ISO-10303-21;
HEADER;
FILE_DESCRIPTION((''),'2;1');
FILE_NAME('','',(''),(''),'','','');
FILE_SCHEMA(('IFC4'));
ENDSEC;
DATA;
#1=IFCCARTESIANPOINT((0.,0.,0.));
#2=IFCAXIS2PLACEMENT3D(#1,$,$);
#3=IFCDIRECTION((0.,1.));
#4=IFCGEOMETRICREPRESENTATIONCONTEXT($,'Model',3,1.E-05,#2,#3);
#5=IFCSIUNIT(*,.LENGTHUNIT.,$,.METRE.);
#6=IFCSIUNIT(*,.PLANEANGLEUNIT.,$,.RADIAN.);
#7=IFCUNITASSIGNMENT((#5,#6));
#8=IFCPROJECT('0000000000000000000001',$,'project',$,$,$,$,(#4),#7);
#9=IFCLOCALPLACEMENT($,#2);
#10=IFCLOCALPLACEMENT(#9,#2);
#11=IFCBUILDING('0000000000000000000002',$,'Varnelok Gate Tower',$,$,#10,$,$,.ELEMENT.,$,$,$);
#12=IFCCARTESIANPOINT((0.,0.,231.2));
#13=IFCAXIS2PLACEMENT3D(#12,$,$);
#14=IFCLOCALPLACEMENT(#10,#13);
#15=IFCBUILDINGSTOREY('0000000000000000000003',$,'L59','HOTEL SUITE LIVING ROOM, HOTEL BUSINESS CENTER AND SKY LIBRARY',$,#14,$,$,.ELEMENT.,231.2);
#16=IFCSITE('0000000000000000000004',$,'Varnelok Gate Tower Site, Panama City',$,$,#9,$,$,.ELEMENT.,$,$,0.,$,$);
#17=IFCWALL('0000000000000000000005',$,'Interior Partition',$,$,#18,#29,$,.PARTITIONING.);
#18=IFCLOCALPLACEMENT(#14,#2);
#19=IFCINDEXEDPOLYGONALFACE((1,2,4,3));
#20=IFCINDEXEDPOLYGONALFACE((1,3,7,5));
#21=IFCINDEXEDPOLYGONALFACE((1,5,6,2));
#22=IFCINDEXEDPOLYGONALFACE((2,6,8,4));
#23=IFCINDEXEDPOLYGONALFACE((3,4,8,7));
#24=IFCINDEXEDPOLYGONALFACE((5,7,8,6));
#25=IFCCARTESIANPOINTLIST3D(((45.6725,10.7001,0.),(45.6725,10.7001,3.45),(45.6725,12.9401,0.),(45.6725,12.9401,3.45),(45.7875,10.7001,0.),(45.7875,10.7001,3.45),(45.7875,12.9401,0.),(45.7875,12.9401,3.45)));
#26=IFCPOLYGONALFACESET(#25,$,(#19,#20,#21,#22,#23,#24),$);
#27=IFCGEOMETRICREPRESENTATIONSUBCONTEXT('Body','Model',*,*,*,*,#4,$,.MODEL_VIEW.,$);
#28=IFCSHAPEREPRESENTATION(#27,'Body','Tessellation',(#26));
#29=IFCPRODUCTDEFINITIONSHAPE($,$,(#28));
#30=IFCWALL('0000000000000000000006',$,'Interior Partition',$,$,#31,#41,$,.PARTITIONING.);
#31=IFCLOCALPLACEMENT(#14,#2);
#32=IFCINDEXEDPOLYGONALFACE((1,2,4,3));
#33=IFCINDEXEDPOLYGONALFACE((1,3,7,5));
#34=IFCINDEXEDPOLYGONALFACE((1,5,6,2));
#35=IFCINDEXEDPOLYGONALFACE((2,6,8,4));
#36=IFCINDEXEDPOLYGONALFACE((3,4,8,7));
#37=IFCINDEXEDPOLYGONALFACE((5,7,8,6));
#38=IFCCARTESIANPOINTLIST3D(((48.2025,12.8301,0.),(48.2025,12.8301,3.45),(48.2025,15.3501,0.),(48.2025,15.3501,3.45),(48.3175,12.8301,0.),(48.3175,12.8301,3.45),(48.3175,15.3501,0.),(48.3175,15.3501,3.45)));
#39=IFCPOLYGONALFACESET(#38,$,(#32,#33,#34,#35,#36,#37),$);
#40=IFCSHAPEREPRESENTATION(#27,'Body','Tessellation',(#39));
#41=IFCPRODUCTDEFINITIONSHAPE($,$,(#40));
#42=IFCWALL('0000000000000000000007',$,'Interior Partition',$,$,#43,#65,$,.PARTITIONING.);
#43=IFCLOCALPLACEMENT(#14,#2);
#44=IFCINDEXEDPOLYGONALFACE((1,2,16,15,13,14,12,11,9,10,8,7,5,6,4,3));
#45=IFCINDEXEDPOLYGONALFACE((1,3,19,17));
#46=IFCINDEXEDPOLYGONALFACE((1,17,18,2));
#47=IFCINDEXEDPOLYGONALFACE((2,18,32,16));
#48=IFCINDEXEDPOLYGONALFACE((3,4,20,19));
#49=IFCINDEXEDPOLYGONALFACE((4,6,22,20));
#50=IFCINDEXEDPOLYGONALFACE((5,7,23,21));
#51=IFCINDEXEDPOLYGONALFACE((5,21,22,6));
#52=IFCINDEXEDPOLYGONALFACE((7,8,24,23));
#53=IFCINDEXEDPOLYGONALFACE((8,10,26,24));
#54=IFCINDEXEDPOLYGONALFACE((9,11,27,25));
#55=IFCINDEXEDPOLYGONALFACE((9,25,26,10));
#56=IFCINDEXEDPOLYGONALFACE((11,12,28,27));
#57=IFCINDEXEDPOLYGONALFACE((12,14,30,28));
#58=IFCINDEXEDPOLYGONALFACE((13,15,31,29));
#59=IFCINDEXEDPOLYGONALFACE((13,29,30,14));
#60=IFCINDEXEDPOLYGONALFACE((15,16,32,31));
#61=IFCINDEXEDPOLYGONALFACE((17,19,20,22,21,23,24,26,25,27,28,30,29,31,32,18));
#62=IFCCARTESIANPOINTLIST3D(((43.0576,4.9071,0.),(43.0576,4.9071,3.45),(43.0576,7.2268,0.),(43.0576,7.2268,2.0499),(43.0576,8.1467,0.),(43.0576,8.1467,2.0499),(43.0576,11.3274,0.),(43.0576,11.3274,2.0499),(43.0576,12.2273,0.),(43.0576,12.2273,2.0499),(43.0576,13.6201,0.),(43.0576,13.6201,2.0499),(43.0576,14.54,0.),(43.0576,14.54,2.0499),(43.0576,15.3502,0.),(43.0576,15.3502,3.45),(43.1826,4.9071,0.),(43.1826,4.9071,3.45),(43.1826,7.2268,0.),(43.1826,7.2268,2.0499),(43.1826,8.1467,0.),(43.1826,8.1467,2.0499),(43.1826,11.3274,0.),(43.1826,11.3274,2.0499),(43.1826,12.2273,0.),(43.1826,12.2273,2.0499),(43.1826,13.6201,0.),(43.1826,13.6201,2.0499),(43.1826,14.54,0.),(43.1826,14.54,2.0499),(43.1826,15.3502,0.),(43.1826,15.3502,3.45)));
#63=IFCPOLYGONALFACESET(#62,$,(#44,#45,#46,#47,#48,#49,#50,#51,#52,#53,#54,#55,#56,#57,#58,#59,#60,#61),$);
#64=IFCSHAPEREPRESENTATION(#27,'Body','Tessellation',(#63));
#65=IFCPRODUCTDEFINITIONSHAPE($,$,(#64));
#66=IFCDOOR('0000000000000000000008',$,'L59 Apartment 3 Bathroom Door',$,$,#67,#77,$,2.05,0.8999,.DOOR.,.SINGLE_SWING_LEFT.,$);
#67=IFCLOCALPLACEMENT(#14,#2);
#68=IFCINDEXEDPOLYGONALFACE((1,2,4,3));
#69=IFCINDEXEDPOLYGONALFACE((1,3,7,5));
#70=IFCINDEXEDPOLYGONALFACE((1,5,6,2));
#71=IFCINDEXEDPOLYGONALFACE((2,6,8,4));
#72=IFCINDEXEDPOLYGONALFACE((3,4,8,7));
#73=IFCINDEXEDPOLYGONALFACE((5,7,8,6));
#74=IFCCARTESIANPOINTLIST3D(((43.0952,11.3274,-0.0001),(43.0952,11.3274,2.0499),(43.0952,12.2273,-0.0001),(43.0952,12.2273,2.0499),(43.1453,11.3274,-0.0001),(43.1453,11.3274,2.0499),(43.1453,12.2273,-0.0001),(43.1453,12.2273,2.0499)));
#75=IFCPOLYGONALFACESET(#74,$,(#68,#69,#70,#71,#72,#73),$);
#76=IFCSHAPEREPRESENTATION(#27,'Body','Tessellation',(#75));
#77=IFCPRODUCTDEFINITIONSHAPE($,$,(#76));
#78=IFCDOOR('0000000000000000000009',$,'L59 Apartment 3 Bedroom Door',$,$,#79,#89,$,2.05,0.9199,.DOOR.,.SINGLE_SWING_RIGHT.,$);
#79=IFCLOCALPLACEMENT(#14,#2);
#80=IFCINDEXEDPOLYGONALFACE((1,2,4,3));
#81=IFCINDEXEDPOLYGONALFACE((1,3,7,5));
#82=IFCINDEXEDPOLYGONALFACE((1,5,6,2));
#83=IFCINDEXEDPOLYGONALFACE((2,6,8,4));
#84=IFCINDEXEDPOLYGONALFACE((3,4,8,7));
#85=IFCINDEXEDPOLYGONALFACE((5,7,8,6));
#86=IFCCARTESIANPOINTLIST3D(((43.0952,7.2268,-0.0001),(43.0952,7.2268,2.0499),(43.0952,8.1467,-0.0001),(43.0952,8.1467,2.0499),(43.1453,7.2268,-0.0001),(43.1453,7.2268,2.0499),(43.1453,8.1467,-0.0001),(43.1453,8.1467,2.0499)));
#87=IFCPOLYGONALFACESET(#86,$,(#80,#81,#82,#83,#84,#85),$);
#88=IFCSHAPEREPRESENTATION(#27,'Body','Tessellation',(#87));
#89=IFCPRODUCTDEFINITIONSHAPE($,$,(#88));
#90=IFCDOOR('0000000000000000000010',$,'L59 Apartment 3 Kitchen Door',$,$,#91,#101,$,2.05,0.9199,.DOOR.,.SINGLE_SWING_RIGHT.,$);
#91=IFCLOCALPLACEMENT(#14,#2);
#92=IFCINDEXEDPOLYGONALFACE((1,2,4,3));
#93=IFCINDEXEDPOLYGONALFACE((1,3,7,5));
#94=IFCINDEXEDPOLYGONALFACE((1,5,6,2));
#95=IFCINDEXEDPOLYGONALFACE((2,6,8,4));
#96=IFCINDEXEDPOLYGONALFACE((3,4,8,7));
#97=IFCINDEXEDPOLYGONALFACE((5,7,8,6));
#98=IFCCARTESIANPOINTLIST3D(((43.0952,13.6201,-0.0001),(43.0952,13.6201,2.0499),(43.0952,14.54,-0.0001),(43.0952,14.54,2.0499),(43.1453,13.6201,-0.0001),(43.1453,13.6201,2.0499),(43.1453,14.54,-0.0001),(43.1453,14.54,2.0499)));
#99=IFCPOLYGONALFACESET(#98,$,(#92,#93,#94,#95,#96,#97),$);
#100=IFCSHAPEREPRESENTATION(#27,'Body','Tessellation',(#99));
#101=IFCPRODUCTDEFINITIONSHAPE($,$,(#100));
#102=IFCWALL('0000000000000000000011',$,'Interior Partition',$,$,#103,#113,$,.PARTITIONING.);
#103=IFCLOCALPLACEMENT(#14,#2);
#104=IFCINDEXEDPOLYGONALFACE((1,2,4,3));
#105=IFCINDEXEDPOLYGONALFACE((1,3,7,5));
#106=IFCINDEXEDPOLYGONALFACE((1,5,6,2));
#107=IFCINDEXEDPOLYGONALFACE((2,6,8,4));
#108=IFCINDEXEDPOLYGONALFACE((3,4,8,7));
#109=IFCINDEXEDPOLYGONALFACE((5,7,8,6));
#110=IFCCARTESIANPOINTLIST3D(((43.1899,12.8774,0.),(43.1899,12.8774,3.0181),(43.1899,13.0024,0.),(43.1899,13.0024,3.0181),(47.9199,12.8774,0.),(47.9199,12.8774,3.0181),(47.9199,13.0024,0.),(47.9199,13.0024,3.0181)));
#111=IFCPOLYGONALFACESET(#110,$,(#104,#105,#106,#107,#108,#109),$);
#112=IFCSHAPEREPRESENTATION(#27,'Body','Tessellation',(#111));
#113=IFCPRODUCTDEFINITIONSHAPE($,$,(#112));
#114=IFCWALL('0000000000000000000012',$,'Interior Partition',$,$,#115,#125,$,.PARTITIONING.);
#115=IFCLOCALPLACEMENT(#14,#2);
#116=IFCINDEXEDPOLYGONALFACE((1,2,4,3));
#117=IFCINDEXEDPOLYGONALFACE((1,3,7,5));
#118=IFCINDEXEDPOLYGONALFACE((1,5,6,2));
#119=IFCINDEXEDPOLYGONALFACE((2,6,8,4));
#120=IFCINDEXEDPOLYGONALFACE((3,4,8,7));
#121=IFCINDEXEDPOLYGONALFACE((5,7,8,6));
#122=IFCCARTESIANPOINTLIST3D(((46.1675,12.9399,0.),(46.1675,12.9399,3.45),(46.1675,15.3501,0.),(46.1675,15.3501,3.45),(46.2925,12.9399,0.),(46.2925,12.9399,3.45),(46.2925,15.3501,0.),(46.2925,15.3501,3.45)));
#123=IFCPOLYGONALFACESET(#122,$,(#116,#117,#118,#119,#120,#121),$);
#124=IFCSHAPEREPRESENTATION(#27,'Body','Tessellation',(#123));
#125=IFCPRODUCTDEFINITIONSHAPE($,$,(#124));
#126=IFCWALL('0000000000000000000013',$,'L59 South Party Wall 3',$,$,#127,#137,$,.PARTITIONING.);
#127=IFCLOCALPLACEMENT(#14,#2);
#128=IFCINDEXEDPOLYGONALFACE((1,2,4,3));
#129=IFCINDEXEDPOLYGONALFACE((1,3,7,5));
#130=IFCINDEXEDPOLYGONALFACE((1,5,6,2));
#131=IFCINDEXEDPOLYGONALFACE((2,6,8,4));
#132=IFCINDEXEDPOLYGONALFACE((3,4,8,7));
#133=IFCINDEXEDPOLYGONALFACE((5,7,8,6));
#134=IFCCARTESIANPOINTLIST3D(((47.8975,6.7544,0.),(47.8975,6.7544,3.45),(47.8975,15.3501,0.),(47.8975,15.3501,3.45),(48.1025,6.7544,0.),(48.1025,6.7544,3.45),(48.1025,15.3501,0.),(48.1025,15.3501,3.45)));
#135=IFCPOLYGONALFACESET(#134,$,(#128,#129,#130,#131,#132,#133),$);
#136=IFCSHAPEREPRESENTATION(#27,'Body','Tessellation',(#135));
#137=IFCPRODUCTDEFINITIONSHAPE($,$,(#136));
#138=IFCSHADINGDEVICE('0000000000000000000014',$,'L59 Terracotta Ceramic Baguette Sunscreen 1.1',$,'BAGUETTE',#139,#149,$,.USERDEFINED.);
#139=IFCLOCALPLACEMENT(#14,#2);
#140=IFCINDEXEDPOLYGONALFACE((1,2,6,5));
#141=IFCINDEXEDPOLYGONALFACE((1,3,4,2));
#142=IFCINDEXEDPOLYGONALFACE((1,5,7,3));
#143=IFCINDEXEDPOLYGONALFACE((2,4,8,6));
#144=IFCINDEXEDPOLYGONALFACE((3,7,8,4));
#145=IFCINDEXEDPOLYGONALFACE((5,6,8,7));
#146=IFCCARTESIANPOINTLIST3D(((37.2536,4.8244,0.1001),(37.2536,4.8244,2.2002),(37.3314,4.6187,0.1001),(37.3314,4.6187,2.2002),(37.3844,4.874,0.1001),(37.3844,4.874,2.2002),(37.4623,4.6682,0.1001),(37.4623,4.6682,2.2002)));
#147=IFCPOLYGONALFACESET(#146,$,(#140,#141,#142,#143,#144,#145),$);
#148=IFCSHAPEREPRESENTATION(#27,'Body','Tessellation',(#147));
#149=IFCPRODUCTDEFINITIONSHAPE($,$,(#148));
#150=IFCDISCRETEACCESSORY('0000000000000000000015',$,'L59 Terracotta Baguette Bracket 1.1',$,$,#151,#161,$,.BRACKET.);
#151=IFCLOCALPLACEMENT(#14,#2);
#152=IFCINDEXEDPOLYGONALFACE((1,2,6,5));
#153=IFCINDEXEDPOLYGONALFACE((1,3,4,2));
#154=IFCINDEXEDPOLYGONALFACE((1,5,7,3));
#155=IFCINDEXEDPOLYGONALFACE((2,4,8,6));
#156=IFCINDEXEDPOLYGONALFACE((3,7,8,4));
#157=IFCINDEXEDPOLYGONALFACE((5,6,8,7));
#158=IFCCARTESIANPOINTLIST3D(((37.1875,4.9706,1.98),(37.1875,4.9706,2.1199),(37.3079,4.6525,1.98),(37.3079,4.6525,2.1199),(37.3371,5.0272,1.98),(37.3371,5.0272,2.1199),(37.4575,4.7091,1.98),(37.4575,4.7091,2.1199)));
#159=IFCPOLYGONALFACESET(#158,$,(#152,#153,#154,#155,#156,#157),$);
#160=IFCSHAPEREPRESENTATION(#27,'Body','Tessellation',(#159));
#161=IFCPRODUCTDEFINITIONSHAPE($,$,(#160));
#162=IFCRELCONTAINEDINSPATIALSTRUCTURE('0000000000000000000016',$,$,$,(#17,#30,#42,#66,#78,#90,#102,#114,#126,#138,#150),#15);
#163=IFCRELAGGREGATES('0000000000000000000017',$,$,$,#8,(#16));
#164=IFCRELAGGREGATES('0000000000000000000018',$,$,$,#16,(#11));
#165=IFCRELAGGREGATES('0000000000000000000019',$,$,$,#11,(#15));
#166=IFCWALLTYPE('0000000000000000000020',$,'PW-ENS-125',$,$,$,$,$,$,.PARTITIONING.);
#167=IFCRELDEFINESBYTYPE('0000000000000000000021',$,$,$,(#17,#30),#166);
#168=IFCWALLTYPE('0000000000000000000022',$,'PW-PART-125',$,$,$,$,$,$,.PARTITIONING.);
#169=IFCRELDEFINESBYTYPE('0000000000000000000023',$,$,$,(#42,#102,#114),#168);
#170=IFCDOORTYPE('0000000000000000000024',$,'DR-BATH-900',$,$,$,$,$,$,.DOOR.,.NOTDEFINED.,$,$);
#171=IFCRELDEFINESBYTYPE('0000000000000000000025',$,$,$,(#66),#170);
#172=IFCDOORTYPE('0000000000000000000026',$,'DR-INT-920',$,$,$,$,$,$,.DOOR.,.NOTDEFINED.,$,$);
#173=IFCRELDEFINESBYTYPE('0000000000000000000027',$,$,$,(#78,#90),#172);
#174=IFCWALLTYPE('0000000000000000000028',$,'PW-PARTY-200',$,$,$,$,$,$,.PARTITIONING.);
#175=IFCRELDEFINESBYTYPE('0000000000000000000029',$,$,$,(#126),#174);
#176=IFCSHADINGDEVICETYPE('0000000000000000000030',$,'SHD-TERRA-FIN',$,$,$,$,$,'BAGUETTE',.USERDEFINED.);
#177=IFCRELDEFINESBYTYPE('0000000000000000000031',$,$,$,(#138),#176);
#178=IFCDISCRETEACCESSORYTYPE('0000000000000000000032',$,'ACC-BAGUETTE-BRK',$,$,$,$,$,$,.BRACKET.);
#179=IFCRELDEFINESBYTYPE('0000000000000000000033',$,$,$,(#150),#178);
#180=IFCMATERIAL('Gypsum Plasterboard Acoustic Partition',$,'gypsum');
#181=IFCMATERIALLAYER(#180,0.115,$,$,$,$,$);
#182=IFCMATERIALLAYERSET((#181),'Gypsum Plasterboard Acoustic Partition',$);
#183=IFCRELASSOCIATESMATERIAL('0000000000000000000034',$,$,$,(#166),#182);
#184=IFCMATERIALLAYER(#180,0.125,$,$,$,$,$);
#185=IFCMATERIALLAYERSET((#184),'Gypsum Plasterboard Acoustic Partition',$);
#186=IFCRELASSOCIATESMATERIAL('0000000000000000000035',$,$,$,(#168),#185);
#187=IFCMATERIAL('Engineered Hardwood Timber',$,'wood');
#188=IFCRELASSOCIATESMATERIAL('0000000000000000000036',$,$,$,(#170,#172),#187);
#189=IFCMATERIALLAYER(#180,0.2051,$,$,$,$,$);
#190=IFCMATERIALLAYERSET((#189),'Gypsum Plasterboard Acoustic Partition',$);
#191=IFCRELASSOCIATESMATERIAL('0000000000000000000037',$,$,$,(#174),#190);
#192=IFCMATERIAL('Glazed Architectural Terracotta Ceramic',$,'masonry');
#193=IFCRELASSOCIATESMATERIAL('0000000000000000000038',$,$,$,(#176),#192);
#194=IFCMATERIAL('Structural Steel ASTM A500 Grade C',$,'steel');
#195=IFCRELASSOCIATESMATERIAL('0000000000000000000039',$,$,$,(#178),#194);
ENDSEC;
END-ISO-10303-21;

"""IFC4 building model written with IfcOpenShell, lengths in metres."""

from ifc_helpers import new_model, si_unit, direction, frame, frame_2d, origin, origin_2d, place, context, subcontext, project, spatial, rectangle, extrude, source, transform, mapped, material, layer, layer_set, type_object, element, fill, save


model = new_model("IFC4")

# Units and contexts
model_context = context("Model", 3, precision=1e-05, world=origin(), true_north=direction((0.0, 1.0)))
body_context = subcontext(model_context, "Body", "Model", "MODEL_VIEW")
ifc_project = project(units=[si_unit("LENGTHUNIT", "METRE"), si_unit("PLANEANGLEUNIT", "RADIAN")], contexts=[model_context])

# Site, building, storey
site_placement = place(None, origin())
site = spatial("IfcSite", under=ifc_project, at=site_placement, Name="Varnelok Gate Tower Site, Panama City", CompositionType="ELEMENT", RefElevation=0.0)
building_placement = place(site_placement, origin())
building = spatial("IfcBuilding", under=site, at=building_placement, Name="Varnelok Gate Tower", CompositionType="ELEMENT")
storey_placement = place(building_placement, frame((0.0, 0.0, 231.2)))
storey = spatial("IfcBuildingStorey", under=building, at=storey_placement, Name="L59", Description="HOTEL SUITE LIVING ROOM, HOTEL BUSINESS CENTER AND SKY LIBRARY", CompositionType="ELEMENT", Elevation=231.2)

# Shared definitions
ifc_material_1 = material(Name="Gypsum Plasterboard Acoustic Partition", Category="gypsum")
ifc_material_2 = material(Name="Engineered Hardwood Timber", Category="wood")

# Walls
ifc_layer_1 = layer(ifc_material_1, 0.115)
ifc_layer_set_1 = layer_set([ifc_layer_1], Name="Gypsum Plasterboard Acoustic Partition")
wall_type_1 = type_object("IfcWallType", Name="PW-ENS-125", PredefinedType="PARTITIONING", material=ifc_layer_set_1)
wall_1_placement = place(storey_placement, frame((45.73, 10.7, 0.0), z_axis=(0.0, 0.0, 1.0), x_axis=(0.0, 1.0, 0.0)))
element("IfcWall", 1, at=wall_1_placement, inside=storey, type_object=wall_type_1, Name="Interior Partition", PredefinedType="PARTITIONING", context=body_context, shape_type="SweptSolid", body=[
    extrude(rectangle(XDim=2.24, YDim=0.115, at=frame_2d((1.1201, 0.0))), origin(), (0.0, 0.0, 1.0), 3.45),
])
wall_2_placement = place(storey_placement, frame((48.26, 12.8301, 0.0), z_axis=(0.0, 0.0, 1.0), x_axis=(0.0, 1.0, 0.0)))
element("IfcWall", 2, at=wall_2_placement, inside=storey, type_object=wall_type_1, Name="Interior Partition", PredefinedType="PARTITIONING", context=body_context, shape_type="SweptSolid", body=[
    extrude(rectangle(XDim=2.52, YDim=0.115, at=frame_2d((1.26, 0.0))), origin(), (0.0, 0.0, 1.0), 3.45),
])

# Wall, openings, doors
ifc_layer_2 = layer(ifc_material_1, 0.125)
ifc_layer_set_2 = layer_set([ifc_layer_2], Name="Gypsum Plasterboard Acoustic Partition")
wall_type_2 = type_object("IfcWallType", Name="PW-PART-125", PredefinedType="PARTITIONING", material=ifc_layer_set_2)
wall_3_placement = place(storey_placement, frame((43.1201, 4.907, 0.0), z_axis=(0.0, 0.0, 1.0), x_axis=(0.0, 1.0, 0.0)))
wall_3 = element("IfcWall", 3, at=wall_3_placement, inside=storey, type_object=wall_type_2, Name="Interior Partition", PredefinedType="PARTITIONING", context=body_context, shape_type="SweptSolid", body=[
    extrude(rectangle(XDim=10.4431, YDim=0.125, at=frame_2d((5.2217, 0.0))), origin(), (0.0, 0.0, 1.0), 3.45),
])
opening_1_placement = place(wall_3_placement, frame((2.3198, 0.0, 0.0)))
opening_1 = element("IfcOpeningElement", 4, at=opening_1_placement, cuts=wall_3, PredefinedType="OPENING", context=body_context, shape_type="SweptSolid", body=[
    extrude(rectangle(XDim=0.9199, YDim=2.05, at=frame_2d((0.46, 1.0249))), frame((0.0, 0.0725, 0.0), z_axis=(0.0, -1.0, 0.0), x_axis=(1.0, 0.0, 0.0)), (0.0, 0.0, 1.0), 0.145),
])
opening_2_placement = place(wall_3_placement, frame((6.4204, 0.0, 0.0)))
opening_2 = element("IfcOpeningElement", 5, at=opening_2_placement, cuts=wall_3, PredefinedType="OPENING", context=body_context, shape_type="SweptSolid", body=[
    extrude(rectangle(XDim=0.8999, YDim=2.05, at=frame_2d((0.45, 1.0249))), frame((0.0, 0.0725, 0.0), z_axis=(0.0, -1.0, 0.0), x_axis=(1.0, 0.0, 0.0)), (0.0, 0.0, 1.0), 0.145),
])
opening_3_placement = place(wall_3_placement, frame((8.7131, 0.0, 0.0)))
opening_3 = element("IfcOpeningElement", 6, at=opening_3_placement, cuts=wall_3, PredefinedType="OPENING", context=body_context, shape_type="SweptSolid", body=[
    extrude(rectangle(XDim=0.9199, YDim=2.05, at=frame_2d((0.46, 1.0249))), frame((0.0, 0.0725, 0.0), z_axis=(0.0, -1.0, 0.0), x_axis=(1.0, 0.0, 0.0)), (0.0, 0.0, 1.0), 0.145),
])
door_type_1 = type_object("IfcDoorType", Name="DR-BATH-900", OperationType="NOTDEFINED", PredefinedType="DOOR", material=ifc_material_2)
door_1_placement = place(opening_2_placement, origin())
door_1 = element("IfcDoor", 7, at=door_1_placement, inside=storey, type_object=door_type_1, Name="L59 Apartment 3 Bathroom Door", OperationType="SINGLE_SWING_LEFT", OverallHeight=2.05, OverallWidth=0.8999, PredefinedType="DOOR", context=body_context, shape_type="SweptSolid", body=[
    extrude(rectangle(XDim=0.8999, YDim=2.05, at=frame_2d((0.45, 1.0249))), frame((0.0, 0.0249, 0.0), z_axis=(0.0, -1.0, 0.0), x_axis=(1.0, 0.0, 0.0)), (0.0, 0.0, 1.0), 0.05),
])
fill(opening_2, door_1)
door_type_2 = type_object("IfcDoorType", Name="DR-INT-920", OperationType="NOTDEFINED", PredefinedType="DOOR", material=ifc_material_2)
door_2_placement = place(opening_1_placement, origin())
door_2 = element("IfcDoor", 8, at=door_2_placement, inside=storey, type_object=door_type_2, Name="L59 Apartment 3 Bedroom Door", OperationType="SINGLE_SWING_RIGHT", OverallHeight=2.05, OverallWidth=0.9199, PredefinedType="DOOR", context=body_context, shape_type="SweptSolid", body=[
    extrude(rectangle(XDim=0.9199, YDim=2.05, at=frame_2d((0.46, 1.0249))), frame((0.0, 0.0249, 0.0), z_axis=(0.0, -1.0, 0.0), x_axis=(1.0, 0.0, 0.0)), (0.0, 0.0, 1.0), 0.05),
])
fill(opening_1, door_2)
door_3_placement = place(opening_3_placement, origin())
door_3 = element("IfcDoor", 9, at=door_3_placement, inside=storey, type_object=door_type_2, Name="L59 Apartment 3 Kitchen Door", OperationType="SINGLE_SWING_RIGHT", OverallHeight=2.05, OverallWidth=0.9199, PredefinedType="DOOR", context=body_context, shape_type="SweptSolid", body=[
    extrude(rectangle(XDim=0.9199, YDim=2.05, at=frame_2d((0.46, 1.0249))), frame((0.0, 0.0249, 0.0), z_axis=(0.0, -1.0, 0.0), x_axis=(1.0, 0.0, 0.0)), (0.0, 0.0, 1.0), 0.05),
])
fill(opening_3, door_3)

# Walls
wall_4_placement = place(storey_placement, frame((43.1899, 12.9399, 0.0), z_axis=(0.0, 0.0, 1.0), x_axis=(1.0, 0.0, 0.0)))
element("IfcWall", 10, at=wall_4_placement, inside=storey, type_object=wall_type_2, Name="Interior Partition", PredefinedType="PARTITIONING", context=body_context, shape_type="SweptSolid", body=[
    extrude(rectangle(XDim=4.73, YDim=0.125, at=frame_2d((2.365, 0.0))), origin(), (0.0, 0.0, 1.0), 3.0181),
])
wall_5_placement = place(storey_placement, frame((46.23, 12.9399, 0.0), z_axis=(0.0, 0.0, 1.0), x_axis=(0.0, 1.0, 0.0)))
element("IfcWall", 11, at=wall_5_placement, inside=storey, type_object=wall_type_2, Name="Interior Partition", PredefinedType="PARTITIONING", context=body_context, shape_type="SweptSolid", body=[
    extrude(rectangle(XDim=2.4102, YDim=0.125, at=frame_2d((1.2051, 0.0))), origin(), (0.0, 0.0, 1.0), 3.45),
])
ifc_layer_3 = layer(ifc_material_1, 0.2051)
ifc_layer_set_3 = layer_set([ifc_layer_3], Name="Gypsum Plasterboard Acoustic Partition")
wall_type_3 = type_object("IfcWallType", Name="PW-PARTY-200", PredefinedType="PARTITIONING", material=ifc_layer_set_3)
wall_6_placement = place(storey_placement, frame((48.0, 6.7544, 0.0), z_axis=(0.0, 0.0, 1.0), x_axis=(0.0, 1.0, 0.0)))
element("IfcWall", 12, at=wall_6_placement, inside=storey, type_object=wall_type_3, Name="L59 South Party Wall 3", PredefinedType="PARTITIONING", context=body_context, shape_type="SweptSolid", body=[
    extrude(rectangle(XDim=8.5957, YDim=0.2051, at=frame_2d((4.2979, 0.0))), origin(), (0.0, 0.0, 1.0), 3.45),
])

# Shading device
ifc_material_3 = material(Name="Glazed Architectural Terracotta Ceramic", Category="masonry")
shading_device_type = type_object("IfcShadingDeviceType", Name="SHD-TERRA-FIN", ElementType="BAGUETTE", PredefinedType="USERDEFINED", material=ifc_material_3)
shared_shape_1 = source(origin(), body_context, "Body", "SweptSolid", [
    extrude(rectangle(XDim=0.1399, YDim=0.22, at=origin_2d()), origin(), (0.0, 0.0, 1.0), 2.1001),
])
shading_device_placement = place(storey_placement, frame((37.3579, 4.7463, 0.1001), z_axis=(0.0, 0.0, 1.0), x_axis=(0.935222, 0.354063, 0.0)))
element("IfcShadingDevice", 13, at=shading_device_placement, inside=storey, type_object=shading_device_type, Name="L59 Terracotta Ceramic Baguette Sunscreen 1.1", ObjectType="BAGUETTE", PredefinedType="USERDEFINED", context=body_context, shape_type="MappedRepresentation", body=[
    mapped(shared_shape_1, transform((0.0, 0.0, 0.0), scale=1.0)),
])

# Discrete accessory
ifc_material_4 = material(Name="Structural Steel ASTM A500 Grade C", Category="steel")
discrete_accessory_type = type_object("IfcDiscreteAccessoryType", Name="ACC-BAGUETTE-BRK", PredefinedType="BRACKET", material=ifc_material_4)
shared_shape_2 = source(origin(), body_context, "Body", "SweptSolid", [
    extrude(rectangle(XDim=0.1599, YDim=0.3401, at=origin_2d()), origin(), (0.0, 0.0, 1.0), 0.1399),
])
discrete_accessory_placement = place(storey_placement, frame((37.3225, 4.8398, 1.98), z_axis=(0.0, 0.0, 1.0), x_axis=(0.935222, 0.354063, 0.0)))
element("IfcDiscreteAccessory", 14, at=discrete_accessory_placement, inside=storey, type_object=discrete_accessory_type, Name="L59 Terracotta Baguette Bracket 1.1", PredefinedType="BRACKET", context=body_context, shape_type="MappedRepresentation", body=[
    mapped(shared_shape_2, transform((0.0, 0.0, 0.0), scale=1.0)),
])

save(model, "model.ifc")
